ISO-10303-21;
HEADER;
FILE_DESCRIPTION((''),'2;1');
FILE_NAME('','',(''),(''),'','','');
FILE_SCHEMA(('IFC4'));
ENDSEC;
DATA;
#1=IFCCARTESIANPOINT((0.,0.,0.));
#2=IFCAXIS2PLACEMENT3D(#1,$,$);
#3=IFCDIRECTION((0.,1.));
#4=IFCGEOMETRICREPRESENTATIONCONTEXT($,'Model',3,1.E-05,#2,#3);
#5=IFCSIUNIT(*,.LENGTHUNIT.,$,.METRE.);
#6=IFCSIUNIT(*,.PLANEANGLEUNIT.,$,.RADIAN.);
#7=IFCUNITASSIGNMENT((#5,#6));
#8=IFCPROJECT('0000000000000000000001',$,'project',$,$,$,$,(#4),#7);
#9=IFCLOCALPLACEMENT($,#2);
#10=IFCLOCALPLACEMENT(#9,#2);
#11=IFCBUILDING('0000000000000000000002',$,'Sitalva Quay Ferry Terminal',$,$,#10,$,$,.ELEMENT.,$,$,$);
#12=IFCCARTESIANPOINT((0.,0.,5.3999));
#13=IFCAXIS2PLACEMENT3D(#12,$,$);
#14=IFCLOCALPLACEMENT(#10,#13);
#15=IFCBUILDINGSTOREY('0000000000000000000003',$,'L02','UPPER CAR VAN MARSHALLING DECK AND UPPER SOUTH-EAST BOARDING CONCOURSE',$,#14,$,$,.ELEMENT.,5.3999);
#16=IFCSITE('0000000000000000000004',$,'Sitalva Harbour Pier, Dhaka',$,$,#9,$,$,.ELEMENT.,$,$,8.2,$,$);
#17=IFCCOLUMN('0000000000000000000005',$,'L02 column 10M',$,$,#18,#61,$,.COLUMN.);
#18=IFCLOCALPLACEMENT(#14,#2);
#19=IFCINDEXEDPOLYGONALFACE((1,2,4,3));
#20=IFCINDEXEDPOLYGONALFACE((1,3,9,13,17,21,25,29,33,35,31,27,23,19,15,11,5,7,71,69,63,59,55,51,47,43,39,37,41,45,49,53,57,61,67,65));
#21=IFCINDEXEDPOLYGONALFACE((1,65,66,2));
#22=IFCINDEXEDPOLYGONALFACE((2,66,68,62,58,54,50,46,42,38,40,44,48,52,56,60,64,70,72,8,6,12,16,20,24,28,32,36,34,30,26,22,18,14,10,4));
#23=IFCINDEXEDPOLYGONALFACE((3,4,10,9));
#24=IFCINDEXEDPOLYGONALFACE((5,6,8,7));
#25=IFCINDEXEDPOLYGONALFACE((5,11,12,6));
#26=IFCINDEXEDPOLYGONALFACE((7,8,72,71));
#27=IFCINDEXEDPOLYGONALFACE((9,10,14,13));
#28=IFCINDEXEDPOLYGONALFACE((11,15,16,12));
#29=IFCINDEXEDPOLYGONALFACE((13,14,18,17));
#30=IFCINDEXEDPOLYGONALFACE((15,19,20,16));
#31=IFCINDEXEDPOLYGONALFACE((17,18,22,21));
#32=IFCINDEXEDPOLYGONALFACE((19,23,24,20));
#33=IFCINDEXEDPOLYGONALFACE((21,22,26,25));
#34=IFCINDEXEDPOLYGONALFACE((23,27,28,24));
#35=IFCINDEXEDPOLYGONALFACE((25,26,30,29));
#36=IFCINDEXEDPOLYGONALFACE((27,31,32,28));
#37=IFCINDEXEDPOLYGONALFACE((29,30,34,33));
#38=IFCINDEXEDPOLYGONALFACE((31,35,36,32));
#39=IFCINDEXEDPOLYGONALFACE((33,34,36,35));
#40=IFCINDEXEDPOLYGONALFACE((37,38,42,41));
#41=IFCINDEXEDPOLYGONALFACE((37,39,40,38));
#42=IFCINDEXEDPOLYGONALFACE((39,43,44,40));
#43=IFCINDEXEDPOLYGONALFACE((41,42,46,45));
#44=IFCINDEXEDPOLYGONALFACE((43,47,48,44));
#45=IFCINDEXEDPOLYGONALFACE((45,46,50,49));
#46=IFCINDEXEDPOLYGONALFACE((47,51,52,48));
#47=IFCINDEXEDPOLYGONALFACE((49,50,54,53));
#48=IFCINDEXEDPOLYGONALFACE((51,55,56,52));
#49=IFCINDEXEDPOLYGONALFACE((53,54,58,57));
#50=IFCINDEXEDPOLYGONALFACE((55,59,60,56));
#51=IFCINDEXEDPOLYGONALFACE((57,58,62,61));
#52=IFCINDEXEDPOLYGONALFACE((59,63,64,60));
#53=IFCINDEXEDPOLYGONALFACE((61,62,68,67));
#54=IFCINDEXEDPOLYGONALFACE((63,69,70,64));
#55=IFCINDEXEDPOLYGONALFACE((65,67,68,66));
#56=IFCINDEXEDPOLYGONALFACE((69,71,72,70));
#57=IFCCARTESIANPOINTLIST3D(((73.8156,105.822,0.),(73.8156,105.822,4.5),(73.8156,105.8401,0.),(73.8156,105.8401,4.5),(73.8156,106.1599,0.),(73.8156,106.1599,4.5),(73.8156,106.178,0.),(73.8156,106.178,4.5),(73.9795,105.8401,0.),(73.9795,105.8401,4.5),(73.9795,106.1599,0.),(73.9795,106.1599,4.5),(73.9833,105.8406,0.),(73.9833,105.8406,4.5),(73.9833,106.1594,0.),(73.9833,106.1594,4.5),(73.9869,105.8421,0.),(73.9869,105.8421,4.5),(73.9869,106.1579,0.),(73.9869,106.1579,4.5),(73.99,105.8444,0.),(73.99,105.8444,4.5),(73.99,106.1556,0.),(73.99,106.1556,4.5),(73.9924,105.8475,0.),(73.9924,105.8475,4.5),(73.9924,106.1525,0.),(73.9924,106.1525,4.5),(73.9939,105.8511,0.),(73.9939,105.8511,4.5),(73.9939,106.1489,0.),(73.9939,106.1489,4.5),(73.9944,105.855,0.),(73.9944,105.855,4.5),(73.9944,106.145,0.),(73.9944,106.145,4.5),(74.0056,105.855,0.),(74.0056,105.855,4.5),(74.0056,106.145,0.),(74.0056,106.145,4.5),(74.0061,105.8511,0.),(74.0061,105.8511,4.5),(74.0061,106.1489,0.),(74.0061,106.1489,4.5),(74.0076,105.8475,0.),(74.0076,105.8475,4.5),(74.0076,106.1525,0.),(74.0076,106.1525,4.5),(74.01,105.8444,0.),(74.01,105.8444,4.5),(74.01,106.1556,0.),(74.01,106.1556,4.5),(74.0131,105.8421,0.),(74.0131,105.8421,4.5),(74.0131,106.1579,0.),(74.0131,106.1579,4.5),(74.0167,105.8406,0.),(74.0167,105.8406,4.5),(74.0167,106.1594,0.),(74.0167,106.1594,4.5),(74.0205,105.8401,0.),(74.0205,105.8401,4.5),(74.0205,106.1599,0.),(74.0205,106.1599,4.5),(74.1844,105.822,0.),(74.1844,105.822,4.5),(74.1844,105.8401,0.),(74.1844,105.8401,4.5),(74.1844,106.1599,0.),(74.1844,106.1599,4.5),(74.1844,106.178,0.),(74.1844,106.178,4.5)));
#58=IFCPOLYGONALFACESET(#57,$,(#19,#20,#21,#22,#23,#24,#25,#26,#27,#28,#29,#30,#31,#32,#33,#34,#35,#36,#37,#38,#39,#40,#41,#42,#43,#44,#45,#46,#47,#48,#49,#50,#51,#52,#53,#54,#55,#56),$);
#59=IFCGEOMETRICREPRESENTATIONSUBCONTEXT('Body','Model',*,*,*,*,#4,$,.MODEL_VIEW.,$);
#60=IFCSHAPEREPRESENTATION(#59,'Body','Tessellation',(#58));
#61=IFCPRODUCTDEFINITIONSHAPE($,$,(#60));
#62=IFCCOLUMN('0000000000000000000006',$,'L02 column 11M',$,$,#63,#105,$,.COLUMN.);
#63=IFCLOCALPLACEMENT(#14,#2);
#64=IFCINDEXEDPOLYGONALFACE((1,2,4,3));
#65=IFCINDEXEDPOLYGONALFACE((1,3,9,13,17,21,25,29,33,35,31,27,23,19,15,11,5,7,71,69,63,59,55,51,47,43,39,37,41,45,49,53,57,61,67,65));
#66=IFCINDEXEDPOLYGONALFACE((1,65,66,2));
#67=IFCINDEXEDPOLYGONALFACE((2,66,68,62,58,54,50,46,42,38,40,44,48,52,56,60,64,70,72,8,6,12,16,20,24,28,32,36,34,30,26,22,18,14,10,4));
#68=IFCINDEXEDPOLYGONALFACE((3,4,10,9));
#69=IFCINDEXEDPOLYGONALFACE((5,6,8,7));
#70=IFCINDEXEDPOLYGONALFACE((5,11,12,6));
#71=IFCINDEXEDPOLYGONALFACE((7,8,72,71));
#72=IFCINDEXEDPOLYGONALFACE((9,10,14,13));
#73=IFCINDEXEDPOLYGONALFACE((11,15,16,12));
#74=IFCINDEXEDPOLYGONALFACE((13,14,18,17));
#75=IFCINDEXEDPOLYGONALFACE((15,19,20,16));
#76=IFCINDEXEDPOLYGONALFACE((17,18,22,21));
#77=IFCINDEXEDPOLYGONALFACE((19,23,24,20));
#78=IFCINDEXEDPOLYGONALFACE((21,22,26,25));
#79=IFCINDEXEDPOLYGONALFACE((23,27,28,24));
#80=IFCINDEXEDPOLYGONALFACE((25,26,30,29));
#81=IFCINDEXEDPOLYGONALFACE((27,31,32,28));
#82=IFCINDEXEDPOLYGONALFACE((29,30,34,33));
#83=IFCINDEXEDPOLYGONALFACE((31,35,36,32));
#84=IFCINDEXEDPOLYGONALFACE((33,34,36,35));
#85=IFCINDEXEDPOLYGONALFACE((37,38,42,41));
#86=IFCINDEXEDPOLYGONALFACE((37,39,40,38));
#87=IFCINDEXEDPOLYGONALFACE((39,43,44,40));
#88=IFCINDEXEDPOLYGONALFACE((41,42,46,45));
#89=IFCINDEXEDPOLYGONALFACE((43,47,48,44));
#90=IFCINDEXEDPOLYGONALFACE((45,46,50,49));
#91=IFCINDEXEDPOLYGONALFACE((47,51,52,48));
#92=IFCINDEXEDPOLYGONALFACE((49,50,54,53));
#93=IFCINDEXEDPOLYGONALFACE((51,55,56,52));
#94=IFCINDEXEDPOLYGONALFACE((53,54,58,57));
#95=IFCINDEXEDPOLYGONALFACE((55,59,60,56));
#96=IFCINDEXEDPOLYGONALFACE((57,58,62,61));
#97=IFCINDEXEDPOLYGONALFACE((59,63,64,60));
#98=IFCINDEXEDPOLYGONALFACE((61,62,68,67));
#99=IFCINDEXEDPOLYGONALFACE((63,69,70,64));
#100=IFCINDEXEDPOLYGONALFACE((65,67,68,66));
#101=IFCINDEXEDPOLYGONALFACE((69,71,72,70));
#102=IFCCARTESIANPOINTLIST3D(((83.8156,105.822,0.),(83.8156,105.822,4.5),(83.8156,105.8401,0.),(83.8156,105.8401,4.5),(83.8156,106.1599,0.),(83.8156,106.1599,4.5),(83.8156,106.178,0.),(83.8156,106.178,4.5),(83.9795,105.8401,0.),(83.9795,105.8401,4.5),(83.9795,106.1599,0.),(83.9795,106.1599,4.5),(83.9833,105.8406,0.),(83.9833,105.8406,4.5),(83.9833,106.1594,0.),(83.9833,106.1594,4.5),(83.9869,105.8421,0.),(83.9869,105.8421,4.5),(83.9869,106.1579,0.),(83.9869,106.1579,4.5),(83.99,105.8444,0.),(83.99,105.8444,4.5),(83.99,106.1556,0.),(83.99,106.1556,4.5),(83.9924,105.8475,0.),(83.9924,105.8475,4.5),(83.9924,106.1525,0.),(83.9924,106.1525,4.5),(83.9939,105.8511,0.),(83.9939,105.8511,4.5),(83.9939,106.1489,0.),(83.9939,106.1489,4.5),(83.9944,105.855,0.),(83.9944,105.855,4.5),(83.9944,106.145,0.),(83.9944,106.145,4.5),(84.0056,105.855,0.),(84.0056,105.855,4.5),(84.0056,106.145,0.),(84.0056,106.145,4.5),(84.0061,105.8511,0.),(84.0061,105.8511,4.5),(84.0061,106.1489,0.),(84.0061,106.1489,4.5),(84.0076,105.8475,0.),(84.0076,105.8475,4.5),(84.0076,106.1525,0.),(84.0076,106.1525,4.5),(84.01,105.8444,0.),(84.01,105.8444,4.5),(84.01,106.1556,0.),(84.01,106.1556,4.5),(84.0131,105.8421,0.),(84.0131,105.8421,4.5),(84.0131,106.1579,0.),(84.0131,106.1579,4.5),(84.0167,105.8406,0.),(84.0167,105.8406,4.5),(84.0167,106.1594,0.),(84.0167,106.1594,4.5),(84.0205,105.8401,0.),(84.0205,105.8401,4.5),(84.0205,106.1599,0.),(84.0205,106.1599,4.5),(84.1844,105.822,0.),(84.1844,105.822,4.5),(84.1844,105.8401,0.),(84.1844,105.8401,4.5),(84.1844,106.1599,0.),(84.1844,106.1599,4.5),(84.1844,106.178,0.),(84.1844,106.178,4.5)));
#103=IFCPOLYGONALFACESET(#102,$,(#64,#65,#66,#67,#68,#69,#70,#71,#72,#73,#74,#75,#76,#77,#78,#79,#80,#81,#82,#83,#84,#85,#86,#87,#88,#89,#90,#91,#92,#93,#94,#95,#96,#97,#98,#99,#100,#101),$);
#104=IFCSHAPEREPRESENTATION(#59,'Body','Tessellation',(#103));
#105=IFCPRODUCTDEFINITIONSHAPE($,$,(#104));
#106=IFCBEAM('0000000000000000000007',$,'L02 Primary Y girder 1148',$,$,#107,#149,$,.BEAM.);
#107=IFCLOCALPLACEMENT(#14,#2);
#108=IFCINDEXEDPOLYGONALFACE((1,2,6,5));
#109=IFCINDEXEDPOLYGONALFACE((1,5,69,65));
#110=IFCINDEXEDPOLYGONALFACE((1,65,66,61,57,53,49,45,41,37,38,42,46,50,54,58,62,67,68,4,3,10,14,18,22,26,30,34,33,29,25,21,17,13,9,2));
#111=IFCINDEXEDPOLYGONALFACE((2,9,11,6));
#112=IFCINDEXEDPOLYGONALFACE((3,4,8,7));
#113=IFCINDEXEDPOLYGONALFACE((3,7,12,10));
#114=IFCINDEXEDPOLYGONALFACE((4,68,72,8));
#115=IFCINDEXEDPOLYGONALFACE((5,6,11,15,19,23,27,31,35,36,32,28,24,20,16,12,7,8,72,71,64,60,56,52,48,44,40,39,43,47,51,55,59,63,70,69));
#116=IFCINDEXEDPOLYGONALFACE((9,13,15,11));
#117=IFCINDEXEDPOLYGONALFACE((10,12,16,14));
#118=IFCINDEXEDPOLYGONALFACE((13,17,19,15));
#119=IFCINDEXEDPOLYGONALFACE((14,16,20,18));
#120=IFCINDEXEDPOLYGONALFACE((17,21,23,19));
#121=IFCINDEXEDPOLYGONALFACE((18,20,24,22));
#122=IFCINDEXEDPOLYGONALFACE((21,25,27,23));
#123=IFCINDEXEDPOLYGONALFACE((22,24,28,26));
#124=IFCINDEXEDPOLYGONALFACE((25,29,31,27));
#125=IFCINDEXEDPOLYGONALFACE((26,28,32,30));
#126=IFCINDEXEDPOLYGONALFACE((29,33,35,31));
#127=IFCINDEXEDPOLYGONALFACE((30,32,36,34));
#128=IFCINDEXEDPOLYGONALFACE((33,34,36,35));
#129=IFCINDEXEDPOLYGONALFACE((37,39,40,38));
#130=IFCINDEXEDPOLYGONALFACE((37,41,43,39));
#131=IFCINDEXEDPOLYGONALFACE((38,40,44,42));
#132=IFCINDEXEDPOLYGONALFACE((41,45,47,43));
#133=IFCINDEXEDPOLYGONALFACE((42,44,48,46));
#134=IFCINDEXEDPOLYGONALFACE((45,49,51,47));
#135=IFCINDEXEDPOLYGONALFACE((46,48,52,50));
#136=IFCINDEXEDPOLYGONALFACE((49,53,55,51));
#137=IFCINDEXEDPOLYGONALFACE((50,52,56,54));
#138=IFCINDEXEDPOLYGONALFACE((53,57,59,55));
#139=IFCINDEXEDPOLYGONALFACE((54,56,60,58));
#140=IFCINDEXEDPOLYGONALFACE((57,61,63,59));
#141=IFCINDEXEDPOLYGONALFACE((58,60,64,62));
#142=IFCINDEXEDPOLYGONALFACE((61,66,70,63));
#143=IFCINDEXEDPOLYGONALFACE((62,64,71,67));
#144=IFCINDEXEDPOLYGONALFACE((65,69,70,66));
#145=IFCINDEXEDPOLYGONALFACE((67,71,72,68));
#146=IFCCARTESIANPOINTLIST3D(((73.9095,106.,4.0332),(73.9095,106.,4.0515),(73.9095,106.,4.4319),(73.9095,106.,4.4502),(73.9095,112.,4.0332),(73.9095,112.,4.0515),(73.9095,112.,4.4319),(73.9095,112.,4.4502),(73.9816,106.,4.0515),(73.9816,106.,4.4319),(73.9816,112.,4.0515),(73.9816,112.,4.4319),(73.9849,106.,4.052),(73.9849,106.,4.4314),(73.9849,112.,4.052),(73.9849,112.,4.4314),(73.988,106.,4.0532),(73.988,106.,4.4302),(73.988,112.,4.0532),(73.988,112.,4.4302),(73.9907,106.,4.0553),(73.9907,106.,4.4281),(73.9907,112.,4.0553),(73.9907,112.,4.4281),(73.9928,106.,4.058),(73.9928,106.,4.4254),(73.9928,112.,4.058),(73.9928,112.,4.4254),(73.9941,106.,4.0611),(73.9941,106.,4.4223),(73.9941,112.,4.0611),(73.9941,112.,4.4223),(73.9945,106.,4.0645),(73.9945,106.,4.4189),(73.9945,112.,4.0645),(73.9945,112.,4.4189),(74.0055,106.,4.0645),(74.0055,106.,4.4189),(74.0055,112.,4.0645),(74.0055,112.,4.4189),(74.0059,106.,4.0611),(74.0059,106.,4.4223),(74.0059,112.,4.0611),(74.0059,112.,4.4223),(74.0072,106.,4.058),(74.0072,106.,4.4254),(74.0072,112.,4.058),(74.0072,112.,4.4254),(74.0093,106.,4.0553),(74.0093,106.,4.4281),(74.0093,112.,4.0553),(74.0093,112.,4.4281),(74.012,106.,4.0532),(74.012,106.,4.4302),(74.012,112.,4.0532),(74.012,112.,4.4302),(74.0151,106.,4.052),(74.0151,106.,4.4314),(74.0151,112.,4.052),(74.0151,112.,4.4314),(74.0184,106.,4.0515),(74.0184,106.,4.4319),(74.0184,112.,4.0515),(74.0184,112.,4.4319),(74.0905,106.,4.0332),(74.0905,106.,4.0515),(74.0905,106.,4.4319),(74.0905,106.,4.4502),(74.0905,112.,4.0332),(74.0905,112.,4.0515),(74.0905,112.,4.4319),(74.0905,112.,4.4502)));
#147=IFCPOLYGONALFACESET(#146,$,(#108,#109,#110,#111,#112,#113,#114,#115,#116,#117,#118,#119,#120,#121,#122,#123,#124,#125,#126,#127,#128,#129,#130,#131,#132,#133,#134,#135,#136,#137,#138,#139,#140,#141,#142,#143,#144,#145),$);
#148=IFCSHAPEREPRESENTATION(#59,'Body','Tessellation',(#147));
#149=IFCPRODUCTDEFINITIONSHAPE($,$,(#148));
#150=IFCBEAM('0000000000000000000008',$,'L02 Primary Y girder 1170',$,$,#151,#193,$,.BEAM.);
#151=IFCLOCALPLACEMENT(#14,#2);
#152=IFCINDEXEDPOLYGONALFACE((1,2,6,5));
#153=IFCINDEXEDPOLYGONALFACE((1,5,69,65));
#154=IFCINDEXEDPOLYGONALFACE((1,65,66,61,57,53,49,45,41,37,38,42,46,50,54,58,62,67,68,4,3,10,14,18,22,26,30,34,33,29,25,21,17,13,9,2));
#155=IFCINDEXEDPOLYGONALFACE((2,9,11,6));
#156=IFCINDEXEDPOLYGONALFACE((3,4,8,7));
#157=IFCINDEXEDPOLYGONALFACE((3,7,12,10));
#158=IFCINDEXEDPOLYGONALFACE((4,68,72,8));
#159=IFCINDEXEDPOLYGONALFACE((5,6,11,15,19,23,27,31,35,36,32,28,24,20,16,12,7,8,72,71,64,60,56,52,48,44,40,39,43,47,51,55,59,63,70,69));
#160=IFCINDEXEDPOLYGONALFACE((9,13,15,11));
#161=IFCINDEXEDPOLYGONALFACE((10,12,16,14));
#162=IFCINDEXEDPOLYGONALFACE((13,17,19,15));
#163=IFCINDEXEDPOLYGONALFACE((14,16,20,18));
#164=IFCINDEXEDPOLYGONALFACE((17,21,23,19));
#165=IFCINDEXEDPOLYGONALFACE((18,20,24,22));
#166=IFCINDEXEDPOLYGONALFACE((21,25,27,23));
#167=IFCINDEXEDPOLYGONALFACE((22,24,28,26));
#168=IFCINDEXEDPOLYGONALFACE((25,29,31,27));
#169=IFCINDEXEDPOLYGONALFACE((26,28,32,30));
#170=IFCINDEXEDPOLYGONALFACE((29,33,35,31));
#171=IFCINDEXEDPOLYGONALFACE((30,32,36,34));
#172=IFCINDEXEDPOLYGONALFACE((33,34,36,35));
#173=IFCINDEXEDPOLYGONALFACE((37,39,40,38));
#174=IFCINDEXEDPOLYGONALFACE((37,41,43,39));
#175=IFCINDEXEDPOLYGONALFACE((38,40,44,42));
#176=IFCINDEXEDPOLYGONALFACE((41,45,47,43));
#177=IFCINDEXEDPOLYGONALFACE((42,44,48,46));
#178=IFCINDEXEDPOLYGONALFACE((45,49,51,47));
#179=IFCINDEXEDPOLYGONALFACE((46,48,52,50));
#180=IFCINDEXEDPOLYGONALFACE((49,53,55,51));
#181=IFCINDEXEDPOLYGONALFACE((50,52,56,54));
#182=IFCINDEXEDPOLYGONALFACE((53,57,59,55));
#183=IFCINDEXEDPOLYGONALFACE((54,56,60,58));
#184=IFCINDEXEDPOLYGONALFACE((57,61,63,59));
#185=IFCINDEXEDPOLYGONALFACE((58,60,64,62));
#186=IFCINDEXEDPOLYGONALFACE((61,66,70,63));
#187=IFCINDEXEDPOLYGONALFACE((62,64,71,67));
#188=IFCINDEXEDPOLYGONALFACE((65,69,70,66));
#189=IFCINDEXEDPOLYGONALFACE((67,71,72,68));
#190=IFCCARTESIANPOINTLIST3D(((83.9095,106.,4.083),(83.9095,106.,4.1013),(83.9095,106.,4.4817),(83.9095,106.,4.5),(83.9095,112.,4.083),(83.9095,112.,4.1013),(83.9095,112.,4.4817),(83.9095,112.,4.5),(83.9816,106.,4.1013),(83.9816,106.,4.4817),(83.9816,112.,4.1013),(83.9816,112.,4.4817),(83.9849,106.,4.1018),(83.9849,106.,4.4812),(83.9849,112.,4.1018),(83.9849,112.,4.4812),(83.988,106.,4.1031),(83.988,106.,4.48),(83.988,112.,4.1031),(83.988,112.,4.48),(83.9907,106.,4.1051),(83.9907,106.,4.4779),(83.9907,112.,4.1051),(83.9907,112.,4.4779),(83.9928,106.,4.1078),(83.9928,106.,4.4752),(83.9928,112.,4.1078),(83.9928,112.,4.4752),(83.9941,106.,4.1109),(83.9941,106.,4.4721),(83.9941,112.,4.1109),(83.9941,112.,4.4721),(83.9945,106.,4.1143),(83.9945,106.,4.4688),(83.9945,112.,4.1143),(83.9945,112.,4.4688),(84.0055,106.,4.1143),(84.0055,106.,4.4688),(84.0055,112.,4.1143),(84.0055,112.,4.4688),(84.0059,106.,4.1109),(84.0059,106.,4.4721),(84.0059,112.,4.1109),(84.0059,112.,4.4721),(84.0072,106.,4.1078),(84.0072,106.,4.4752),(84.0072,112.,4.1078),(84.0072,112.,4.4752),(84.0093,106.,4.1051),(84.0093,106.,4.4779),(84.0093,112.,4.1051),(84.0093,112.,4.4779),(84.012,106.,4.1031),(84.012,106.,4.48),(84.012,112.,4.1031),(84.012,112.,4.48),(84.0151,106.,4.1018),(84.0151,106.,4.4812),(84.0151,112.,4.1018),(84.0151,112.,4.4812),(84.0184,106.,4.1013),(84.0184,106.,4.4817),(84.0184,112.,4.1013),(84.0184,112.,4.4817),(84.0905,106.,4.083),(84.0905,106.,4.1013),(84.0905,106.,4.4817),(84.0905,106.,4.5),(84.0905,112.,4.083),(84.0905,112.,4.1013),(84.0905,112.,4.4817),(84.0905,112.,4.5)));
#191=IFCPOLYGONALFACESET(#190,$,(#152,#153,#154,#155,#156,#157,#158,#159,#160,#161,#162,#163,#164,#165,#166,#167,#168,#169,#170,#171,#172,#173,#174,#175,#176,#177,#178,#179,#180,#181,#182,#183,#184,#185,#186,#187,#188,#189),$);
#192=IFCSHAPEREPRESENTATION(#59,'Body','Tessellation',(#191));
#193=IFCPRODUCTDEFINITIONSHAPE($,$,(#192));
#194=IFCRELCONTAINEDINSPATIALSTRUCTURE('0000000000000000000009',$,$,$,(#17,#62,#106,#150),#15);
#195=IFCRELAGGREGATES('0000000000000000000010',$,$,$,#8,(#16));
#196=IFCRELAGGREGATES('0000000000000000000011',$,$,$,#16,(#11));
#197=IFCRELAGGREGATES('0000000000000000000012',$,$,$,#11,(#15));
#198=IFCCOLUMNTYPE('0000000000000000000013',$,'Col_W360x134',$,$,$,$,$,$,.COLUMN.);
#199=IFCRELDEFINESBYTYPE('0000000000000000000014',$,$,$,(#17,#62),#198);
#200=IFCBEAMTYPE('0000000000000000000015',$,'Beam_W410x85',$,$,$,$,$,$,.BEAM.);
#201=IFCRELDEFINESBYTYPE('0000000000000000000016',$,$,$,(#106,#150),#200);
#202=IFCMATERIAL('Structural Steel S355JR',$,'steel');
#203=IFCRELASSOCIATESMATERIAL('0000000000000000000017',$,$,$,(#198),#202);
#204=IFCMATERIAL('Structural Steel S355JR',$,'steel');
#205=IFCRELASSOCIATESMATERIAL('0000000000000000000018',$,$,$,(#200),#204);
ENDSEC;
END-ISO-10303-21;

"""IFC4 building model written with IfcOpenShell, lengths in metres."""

from ifc_helpers import new_model, si_unit, direction, frame, origin, origin_2d, place, context, subcontext, project, spatial, i_section, extrude, material, material_profile, profile_set, type_object, element, save


model = new_model("IFC4")

# Units and contexts
model_context = context("Model", 3, precision=1e-05, world=origin(), true_north=direction((0.0, 1.0)))
body_context = subcontext(model_context, "Body", "Model", "MODEL_VIEW")
ifc_project = project(units=[si_unit("LENGTHUNIT", "METRE"), si_unit("PLANEANGLEUNIT", "RADIAN")], contexts=[model_context])

# Site, building, storey
site_placement = place(None, origin())
site = spatial("IfcSite", under=ifc_project, at=site_placement, Name="Sitalva Harbour Pier, Dhaka", CompositionType="ELEMENT", RefElevation=8.2)
building_placement = place(site_placement, origin())
building = spatial("IfcBuilding", under=site, at=building_placement, Name="Sitalva Quay Ferry Terminal", CompositionType="ELEMENT")
storey_placement = place(building_placement, frame((0.0, 0.0, 5.3999)))
storey = spatial("IfcBuildingStorey", under=building, at=storey_placement, Name="L02", Description="UPPER CAR VAN MARSHALLING DECK AND UPPER SOUTH-EAST BOARDING CONCOURSE", CompositionType="ELEMENT", Elevation=5.3999)

# Columns
ifc_material_1 = material(Name="Structural Steel S355JR", Category="steel")
ifc_material_profile_1 = material_profile(ifc_material_1, i_section(OverallWidth=0.3689, OverallDepth=0.356, WebThickness=0.0112, FlangeThickness=0.0181, FilletRadius=0.0149, at=origin_2d()), Name="W360x134")
ifc_profile_set_1 = profile_set([ifc_material_profile_1], Name="Structural Steel S355JR")
column_type = type_object("IfcColumnType", Name="Col_W360x134", PredefinedType="COLUMN", material=ifc_profile_set_1)
for number, where, z_axis, x_axis, name in (
    (1, (74.0, 106.0, 0.0), (0.0, 0.0, 1.0), (1.0, 0.0, 0.0), "L02 column 10M"),
    (2, (84.0, 106.0, 0.0), (0.0, 0.0, 1.0), (1.0, 0.0, 0.0), "L02 column 11M"),
):
    element("IfcColumn", number, at=place(storey_placement, frame(where, z_axis=z_axis, x_axis=x_axis)), inside=storey, type_object=column_type, Name=name, PredefinedType="COLUMN", context=body_context, shape_type="SweptSolid", body=[
        extrude(i_section(OverallWidth=0.3689, OverallDepth=0.356, WebThickness=0.0112, FlangeThickness=0.0181, FilletRadius=0.0149, at=origin_2d()), origin(), (0.0, 0.0, 1.0), 4.5),
    ])

# Beams
ifc_material_2 = material(Name="Structural Steel S355JR", Category="steel")
ifc_material_profile_2 = material_profile(ifc_material_2, i_section(OverallWidth=0.1809, OverallDepth=0.417, WebThickness=0.011, FlangeThickness=0.0183, FilletRadius=0.0129, at=origin_2d()), Name="W410x85")
ifc_profile_set_2 = profile_set([ifc_material_profile_2], Name="Structural Steel S355JR")
beam_type_1 = type_object("IfcBeamType", Name="Beam_W410x85", PredefinedType="BEAM", material=ifc_profile_set_2)
for number, where, z_axis, x_axis, name in (
    (3, (74.0, 106.0, 4.2417), (0.0, 1.0, 0.0), (-1.0, 0.0, 0.0), "L02 Primary Y girder 1148"),
    (4, (84.0, 106.0, 4.2915), (0.0, 1.0, 0.0), (-1.0, 0.0, 0.0), "L02 Primary Y girder 1170"),
):
    element("IfcBeam", number, at=place(storey_placement, frame(where, z_axis=z_axis, x_axis=x_axis)), inside=storey, type_object=beam_type_1, Name=name, PredefinedType="BEAM", context=body_context, shape_type="SweptSolid", body=[
        extrude(i_section(OverallWidth=0.1809, OverallDepth=0.417, WebThickness=0.011, FlangeThickness=0.0183, FilletRadius=0.0129, at=origin_2d()), origin(), (0.0, 0.0, 1.0), 6.0),
    ])

save(model, "model.ifc")
